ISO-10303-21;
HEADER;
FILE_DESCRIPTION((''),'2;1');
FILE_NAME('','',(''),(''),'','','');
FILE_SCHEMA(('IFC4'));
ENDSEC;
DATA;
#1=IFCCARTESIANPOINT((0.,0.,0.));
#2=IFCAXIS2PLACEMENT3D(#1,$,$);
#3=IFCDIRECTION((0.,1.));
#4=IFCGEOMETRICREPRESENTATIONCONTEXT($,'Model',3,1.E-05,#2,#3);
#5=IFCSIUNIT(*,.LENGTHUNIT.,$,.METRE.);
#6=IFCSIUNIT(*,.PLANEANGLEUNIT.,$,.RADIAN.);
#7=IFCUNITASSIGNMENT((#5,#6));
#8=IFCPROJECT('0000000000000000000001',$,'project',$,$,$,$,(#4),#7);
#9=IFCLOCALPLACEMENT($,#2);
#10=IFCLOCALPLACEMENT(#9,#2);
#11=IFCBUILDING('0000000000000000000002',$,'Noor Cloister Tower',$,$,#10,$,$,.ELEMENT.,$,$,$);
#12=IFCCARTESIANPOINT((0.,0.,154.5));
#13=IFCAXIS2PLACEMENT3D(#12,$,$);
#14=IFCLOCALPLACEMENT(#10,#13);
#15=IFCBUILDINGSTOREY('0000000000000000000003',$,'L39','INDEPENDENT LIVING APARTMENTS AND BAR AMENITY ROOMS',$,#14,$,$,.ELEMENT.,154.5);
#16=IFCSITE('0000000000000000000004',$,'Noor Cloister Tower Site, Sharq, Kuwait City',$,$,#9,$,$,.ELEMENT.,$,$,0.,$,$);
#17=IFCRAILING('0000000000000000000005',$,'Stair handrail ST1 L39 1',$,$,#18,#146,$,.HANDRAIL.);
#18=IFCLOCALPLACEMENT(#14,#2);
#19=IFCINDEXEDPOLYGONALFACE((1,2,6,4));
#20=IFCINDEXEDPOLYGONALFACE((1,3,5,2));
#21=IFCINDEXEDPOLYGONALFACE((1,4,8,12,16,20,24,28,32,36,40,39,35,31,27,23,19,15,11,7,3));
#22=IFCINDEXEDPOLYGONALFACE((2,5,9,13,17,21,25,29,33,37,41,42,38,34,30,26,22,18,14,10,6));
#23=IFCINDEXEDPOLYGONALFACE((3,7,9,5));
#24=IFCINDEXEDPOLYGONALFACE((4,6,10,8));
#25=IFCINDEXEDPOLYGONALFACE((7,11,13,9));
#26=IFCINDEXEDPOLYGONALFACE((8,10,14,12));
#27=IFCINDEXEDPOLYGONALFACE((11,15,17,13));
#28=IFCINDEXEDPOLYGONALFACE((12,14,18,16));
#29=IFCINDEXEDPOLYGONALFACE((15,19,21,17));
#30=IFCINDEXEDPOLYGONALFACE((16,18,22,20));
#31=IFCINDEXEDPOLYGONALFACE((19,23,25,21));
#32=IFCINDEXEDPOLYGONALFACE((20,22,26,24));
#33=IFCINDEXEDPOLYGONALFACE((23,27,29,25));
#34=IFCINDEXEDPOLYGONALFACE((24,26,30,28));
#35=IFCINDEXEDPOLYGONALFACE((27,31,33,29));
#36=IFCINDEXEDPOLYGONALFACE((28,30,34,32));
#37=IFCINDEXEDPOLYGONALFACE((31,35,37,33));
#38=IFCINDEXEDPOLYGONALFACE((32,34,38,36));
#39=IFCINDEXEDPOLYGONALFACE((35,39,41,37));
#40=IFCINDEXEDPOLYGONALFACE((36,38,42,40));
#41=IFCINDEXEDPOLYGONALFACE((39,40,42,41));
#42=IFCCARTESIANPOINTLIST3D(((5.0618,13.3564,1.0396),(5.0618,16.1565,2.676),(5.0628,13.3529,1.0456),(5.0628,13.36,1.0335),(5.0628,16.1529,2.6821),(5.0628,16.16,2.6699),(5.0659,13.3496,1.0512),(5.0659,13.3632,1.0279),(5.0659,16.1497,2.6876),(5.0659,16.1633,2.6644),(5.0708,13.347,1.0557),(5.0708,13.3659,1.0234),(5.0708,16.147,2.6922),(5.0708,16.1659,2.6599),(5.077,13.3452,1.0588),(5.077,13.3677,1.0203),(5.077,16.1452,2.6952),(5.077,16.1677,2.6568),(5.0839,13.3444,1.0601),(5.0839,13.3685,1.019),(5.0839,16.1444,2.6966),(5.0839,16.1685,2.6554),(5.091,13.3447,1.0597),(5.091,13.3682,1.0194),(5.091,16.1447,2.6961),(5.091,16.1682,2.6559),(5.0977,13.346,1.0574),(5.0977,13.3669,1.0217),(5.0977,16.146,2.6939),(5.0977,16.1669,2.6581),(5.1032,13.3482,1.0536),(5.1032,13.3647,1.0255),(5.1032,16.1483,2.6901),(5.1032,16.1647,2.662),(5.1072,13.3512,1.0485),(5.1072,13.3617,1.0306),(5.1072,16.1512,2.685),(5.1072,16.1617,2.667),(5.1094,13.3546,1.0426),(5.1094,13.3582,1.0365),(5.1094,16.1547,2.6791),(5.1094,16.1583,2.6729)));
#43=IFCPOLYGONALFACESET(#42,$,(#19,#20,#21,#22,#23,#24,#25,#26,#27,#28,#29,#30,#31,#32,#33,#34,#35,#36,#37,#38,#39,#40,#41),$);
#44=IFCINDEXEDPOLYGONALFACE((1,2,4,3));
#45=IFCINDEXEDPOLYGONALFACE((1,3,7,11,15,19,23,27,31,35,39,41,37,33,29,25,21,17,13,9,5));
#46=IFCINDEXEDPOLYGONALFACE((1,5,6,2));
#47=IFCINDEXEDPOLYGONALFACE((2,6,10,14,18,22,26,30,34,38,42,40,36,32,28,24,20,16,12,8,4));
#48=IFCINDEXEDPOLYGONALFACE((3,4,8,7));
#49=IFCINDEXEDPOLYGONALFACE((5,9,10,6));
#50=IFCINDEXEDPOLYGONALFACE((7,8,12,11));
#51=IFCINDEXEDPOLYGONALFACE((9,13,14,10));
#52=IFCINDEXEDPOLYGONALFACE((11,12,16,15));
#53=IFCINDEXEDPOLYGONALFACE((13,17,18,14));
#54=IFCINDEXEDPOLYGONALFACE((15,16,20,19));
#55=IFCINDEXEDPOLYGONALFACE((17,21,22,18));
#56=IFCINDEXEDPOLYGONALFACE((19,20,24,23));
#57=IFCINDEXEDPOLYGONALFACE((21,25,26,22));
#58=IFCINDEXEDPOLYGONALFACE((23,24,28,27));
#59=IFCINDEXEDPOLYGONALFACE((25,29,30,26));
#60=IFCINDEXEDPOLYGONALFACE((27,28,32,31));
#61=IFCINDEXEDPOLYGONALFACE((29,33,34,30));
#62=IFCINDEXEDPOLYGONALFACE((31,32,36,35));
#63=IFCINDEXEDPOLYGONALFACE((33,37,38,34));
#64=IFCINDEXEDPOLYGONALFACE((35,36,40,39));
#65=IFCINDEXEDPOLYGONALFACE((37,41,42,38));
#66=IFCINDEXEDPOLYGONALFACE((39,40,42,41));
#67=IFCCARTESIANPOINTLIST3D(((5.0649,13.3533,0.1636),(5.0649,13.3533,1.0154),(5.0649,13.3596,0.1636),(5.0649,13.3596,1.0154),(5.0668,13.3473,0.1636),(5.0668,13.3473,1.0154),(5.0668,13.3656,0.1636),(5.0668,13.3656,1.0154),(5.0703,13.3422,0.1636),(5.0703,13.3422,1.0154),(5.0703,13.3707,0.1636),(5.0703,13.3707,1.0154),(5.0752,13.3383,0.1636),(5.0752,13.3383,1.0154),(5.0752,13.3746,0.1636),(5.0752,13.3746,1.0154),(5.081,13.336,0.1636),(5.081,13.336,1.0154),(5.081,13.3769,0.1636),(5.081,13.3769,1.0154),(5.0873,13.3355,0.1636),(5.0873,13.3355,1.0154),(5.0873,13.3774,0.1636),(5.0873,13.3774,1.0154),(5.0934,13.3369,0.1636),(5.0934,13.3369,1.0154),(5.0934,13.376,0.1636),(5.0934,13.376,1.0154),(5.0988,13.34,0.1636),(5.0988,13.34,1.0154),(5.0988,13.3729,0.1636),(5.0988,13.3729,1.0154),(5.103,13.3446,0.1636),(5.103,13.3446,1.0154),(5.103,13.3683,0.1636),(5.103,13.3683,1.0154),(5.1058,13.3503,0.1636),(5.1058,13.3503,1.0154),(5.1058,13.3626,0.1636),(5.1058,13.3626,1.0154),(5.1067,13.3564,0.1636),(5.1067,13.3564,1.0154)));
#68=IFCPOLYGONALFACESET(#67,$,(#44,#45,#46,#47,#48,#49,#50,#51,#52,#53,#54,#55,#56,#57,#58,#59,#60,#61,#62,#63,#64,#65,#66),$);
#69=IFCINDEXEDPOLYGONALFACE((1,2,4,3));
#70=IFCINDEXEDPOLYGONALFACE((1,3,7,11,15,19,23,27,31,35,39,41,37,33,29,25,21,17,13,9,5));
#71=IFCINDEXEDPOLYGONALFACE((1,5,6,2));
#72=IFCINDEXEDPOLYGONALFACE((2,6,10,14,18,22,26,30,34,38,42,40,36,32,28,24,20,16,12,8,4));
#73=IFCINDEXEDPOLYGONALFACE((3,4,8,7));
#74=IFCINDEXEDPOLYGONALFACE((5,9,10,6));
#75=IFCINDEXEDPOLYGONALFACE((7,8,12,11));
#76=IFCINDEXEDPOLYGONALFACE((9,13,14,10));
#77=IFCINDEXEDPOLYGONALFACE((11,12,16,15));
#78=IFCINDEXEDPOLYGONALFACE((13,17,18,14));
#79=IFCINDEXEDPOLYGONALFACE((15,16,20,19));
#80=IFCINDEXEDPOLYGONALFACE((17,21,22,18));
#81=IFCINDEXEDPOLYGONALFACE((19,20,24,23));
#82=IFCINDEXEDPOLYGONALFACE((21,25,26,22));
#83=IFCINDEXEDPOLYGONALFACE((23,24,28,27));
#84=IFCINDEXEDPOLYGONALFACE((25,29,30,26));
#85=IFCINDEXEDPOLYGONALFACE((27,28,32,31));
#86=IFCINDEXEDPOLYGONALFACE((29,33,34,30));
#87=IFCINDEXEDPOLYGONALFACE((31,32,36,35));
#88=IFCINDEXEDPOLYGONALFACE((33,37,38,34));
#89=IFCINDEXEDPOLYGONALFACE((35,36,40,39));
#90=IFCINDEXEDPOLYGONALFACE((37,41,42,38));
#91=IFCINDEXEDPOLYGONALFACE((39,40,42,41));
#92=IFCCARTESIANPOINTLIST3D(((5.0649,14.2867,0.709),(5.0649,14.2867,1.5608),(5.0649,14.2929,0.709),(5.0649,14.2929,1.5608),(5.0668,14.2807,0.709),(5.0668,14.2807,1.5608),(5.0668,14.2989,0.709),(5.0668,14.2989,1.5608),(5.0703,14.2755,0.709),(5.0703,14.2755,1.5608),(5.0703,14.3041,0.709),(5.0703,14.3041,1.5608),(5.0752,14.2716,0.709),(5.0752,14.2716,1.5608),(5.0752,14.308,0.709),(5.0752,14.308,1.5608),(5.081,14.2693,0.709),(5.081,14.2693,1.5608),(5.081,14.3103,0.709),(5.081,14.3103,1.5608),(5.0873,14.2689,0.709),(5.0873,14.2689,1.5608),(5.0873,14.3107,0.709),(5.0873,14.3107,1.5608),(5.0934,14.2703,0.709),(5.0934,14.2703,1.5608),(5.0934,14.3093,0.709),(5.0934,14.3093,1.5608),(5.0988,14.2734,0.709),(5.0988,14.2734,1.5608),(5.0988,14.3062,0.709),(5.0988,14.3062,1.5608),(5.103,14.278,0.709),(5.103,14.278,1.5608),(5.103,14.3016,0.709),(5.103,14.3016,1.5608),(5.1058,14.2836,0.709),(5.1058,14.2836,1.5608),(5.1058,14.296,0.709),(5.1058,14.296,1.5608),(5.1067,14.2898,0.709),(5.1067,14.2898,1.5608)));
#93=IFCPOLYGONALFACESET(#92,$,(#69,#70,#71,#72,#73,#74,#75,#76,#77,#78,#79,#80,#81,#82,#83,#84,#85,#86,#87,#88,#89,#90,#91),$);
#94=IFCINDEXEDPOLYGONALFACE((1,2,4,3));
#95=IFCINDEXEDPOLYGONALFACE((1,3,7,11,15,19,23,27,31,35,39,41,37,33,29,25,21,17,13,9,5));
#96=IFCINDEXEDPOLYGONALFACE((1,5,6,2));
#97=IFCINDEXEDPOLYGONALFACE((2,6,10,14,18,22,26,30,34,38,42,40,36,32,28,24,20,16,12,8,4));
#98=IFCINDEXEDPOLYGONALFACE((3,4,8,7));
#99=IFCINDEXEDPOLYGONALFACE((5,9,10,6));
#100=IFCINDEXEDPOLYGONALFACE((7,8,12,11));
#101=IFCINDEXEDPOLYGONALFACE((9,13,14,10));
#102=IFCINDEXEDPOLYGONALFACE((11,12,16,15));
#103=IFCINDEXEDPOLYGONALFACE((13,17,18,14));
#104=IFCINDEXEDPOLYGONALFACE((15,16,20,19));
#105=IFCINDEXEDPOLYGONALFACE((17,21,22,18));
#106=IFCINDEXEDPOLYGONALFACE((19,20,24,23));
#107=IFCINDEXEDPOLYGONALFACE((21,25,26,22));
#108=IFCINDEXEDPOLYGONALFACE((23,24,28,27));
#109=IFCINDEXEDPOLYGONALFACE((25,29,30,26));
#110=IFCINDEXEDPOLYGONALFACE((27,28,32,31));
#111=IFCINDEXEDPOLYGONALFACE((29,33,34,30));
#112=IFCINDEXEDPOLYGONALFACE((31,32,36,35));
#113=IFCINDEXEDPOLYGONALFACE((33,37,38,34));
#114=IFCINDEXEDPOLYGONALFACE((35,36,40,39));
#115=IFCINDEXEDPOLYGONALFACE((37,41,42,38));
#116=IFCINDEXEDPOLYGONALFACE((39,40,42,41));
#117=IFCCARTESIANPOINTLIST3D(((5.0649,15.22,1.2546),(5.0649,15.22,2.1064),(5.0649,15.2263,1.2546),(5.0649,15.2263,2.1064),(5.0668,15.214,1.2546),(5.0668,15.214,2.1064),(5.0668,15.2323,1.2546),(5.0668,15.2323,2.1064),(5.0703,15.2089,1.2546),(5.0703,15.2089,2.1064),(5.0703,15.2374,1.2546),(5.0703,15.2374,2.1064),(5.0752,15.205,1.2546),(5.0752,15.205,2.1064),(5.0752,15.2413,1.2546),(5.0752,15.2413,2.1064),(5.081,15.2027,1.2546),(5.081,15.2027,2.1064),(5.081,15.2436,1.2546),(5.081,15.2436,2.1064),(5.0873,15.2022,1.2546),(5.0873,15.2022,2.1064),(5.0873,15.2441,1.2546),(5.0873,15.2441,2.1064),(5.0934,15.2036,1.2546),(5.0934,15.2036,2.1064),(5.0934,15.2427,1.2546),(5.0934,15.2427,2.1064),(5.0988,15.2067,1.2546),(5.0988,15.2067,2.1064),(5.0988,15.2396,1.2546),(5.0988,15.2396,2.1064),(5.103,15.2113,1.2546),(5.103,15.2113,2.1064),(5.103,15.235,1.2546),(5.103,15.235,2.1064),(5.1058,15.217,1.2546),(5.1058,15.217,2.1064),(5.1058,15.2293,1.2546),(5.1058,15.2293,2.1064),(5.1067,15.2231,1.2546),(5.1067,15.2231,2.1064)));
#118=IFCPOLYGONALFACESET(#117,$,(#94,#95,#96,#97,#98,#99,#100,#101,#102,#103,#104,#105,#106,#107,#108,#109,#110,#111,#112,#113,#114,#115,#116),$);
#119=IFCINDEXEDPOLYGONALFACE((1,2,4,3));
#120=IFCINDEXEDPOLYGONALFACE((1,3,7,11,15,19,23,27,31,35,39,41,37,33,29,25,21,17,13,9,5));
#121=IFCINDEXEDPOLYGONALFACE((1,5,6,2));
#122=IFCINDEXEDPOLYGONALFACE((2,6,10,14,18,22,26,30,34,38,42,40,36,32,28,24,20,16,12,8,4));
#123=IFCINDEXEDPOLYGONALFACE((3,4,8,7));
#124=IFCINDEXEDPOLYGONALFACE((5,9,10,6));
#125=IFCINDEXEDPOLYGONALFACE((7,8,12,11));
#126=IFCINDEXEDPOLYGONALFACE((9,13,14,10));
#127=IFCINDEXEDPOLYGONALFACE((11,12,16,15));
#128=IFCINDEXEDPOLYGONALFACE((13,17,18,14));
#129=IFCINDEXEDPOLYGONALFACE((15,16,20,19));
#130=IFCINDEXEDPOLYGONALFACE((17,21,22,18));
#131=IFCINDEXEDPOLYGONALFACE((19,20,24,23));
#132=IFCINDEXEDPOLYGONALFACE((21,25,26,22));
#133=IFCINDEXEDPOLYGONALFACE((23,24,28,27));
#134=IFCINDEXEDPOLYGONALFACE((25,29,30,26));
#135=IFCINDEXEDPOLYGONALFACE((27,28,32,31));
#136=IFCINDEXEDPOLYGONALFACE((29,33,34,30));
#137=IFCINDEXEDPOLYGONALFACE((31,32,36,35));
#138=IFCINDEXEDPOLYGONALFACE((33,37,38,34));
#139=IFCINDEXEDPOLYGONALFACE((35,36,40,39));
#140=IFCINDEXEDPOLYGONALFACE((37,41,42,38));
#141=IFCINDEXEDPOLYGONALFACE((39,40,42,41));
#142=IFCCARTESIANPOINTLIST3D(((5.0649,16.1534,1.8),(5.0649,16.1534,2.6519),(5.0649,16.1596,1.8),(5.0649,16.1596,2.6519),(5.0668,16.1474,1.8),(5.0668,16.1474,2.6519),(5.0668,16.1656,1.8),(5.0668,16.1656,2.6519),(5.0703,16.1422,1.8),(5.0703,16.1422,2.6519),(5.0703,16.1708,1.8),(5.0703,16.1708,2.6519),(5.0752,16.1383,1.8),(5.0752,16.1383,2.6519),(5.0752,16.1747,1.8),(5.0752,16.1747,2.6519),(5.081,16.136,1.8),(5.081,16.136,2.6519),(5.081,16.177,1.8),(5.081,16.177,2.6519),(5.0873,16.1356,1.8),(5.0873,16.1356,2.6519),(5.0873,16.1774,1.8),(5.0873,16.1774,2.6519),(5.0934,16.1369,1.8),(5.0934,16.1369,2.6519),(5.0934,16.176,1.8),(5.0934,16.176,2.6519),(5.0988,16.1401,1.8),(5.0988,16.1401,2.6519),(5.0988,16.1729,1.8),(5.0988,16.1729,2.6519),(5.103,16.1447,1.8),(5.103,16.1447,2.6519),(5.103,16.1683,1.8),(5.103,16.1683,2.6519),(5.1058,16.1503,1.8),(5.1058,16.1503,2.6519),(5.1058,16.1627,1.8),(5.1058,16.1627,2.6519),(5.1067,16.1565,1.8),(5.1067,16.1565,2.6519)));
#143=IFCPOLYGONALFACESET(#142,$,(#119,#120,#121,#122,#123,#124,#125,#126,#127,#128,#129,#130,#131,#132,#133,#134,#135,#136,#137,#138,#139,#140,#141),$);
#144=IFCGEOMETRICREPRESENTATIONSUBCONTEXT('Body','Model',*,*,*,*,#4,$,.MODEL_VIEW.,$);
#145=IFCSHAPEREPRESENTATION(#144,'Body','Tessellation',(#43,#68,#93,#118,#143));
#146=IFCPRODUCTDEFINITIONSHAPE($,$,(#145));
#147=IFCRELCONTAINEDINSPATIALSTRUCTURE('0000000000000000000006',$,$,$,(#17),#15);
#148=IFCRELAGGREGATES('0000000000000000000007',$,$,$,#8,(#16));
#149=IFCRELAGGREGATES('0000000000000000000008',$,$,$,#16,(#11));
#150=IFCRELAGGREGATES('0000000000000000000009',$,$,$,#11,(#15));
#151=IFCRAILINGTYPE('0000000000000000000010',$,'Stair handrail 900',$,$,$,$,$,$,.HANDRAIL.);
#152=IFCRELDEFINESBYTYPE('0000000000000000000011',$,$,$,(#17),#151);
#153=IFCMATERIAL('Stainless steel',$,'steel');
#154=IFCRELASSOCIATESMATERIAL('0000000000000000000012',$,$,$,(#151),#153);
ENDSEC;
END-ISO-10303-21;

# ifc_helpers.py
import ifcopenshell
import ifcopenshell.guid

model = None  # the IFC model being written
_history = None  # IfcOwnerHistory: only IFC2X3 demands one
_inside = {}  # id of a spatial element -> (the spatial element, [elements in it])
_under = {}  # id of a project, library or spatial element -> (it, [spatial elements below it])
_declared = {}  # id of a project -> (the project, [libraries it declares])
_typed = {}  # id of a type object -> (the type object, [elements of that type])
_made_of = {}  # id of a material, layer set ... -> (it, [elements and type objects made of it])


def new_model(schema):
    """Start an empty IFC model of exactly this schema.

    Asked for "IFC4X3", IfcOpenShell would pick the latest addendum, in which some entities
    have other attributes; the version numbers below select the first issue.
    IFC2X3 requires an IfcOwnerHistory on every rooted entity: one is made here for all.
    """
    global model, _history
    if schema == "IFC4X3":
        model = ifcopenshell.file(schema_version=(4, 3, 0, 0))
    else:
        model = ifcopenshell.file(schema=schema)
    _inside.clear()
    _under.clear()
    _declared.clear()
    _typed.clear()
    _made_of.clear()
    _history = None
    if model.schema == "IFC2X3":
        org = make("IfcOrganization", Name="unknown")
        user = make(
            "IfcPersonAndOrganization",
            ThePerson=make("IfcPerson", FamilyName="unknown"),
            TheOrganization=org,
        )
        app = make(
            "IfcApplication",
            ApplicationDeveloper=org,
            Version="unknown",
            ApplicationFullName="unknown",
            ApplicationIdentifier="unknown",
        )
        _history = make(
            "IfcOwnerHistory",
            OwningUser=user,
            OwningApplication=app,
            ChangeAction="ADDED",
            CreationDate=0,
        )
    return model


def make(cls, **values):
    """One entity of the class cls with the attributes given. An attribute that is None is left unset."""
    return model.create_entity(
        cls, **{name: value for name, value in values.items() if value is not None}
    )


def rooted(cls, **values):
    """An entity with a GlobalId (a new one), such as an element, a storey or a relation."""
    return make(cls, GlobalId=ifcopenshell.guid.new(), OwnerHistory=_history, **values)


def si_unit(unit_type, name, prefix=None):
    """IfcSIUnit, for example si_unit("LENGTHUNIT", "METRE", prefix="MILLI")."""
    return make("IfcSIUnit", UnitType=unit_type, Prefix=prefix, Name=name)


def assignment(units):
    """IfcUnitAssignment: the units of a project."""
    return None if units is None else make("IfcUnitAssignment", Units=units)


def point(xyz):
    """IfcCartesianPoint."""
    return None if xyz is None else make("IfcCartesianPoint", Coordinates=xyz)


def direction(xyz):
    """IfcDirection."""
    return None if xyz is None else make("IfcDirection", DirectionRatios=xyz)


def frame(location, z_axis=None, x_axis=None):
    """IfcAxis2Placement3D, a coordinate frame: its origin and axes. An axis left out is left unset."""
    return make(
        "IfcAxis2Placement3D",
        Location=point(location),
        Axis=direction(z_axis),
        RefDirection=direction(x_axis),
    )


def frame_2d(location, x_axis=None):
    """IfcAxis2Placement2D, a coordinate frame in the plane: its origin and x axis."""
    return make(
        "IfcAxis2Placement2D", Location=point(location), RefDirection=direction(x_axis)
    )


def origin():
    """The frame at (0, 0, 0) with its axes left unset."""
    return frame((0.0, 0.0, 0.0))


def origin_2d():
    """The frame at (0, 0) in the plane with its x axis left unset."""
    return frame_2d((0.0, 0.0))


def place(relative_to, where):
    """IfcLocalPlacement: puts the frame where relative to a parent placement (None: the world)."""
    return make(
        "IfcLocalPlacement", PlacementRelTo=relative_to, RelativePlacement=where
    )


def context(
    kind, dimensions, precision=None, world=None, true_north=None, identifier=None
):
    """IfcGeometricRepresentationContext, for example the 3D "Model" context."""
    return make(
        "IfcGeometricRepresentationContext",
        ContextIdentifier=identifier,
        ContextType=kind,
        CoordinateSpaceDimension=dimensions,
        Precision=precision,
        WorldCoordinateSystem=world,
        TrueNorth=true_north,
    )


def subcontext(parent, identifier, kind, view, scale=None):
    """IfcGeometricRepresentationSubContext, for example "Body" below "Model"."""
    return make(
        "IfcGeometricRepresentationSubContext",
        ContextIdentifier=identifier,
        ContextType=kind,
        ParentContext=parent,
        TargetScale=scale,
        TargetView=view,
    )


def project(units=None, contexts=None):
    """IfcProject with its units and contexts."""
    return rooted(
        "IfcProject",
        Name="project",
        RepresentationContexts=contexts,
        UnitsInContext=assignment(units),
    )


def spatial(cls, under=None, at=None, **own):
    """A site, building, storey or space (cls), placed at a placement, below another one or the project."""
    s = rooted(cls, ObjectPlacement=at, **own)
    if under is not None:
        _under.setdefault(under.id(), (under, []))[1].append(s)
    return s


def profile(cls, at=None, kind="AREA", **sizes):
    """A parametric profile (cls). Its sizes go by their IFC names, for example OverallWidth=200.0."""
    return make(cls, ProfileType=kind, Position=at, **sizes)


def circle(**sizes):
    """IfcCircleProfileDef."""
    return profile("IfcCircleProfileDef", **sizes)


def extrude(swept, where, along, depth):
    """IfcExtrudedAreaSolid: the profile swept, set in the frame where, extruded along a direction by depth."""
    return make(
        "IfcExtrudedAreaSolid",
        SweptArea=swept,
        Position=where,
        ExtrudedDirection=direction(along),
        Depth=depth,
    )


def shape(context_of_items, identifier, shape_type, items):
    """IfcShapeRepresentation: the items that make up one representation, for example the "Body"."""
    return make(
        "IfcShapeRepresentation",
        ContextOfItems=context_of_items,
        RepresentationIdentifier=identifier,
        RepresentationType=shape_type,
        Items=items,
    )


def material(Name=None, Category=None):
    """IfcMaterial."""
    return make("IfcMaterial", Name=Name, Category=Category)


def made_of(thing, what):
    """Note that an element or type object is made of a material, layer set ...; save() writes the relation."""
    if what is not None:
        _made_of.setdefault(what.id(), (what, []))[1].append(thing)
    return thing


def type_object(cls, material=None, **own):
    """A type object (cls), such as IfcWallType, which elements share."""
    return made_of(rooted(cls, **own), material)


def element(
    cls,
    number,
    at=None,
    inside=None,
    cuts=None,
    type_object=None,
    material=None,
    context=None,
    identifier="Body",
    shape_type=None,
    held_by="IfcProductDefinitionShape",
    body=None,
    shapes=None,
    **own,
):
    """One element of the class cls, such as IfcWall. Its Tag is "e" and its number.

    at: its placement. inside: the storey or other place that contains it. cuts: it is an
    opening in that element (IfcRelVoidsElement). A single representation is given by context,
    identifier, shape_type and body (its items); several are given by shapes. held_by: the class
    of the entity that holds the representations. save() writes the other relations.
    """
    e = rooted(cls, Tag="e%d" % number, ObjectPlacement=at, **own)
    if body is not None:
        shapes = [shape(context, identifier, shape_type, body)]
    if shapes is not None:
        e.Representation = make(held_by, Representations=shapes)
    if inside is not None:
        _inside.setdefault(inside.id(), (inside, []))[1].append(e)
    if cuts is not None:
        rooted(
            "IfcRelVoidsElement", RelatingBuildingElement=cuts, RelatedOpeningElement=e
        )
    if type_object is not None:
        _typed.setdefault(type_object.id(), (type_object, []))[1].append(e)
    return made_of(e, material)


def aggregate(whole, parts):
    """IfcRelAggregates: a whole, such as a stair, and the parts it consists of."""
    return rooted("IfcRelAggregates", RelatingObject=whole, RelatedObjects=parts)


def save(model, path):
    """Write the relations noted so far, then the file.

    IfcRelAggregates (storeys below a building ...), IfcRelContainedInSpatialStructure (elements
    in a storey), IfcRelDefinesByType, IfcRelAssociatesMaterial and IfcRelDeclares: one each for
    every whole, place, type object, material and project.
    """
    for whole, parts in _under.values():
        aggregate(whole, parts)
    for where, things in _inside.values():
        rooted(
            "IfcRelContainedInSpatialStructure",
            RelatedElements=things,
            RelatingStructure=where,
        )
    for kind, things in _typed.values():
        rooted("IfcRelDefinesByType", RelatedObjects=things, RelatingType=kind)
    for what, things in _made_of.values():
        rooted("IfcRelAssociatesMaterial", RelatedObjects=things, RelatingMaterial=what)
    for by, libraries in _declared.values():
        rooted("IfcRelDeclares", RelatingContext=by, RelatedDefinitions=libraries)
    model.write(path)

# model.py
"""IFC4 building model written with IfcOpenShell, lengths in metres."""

from ifc_helpers import new_model, si_unit, direction, frame, origin, origin_2d, place, context, subcontext, project, spatial, circle, extrude, material, type_object, element, save


model = new_model("IFC4")

# Units and contexts
model_context = context("Model", 3, precision=1e-05, world=origin(), true_north=direction((0.0, 1.0)))
body_context = subcontext(model_context, "Body", "Model", "MODEL_VIEW")
ifc_project = project(units=[si_unit("LENGTHUNIT", "METRE"), si_unit("PLANEANGLEUNIT", "RADIAN")], contexts=[model_context])

# Site, building, storey
site_placement = place(None, origin())
site = spatial("IfcSite", under=ifc_project, at=site_placement, Name="Noor Cloister Tower Site, Sharq, Kuwait City", CompositionType="ELEMENT", RefElevation=0.0)
building_placement = place(site_placement, origin())
building = spatial("IfcBuilding", under=site, at=building_placement, Name="Noor Cloister Tower", CompositionType="ELEMENT")
storey_placement = place(building_placement, frame((0.0, 0.0, 154.5)))
storey = spatial("IfcBuildingStorey", under=building, at=storey_placement, Name="L39", Description="INDEPENDENT LIVING APARTMENTS AND BAR AMENITY ROOMS", CompositionType="ELEMENT", Elevation=154.5)

# Railing
ifc_material_1 = material(Name="Stainless steel", Category="steel")
railing_type_1 = type_object("IfcRailingType", Name="Stair handrail 900", PredefinedType="HANDRAIL", material=ifc_material_1)
railing_1_placement = place(storey_placement, frame((5.0857, 13.3564, 0.1636)))
element("IfcRailing", 1, at=railing_1_placement, inside=storey, type_object=railing_type_1, Name="Stair handrail ST1 L39 1", PredefinedType="HANDRAIL", context=body_context, shape_type="SweptSolid", body=[
    extrude(circle(Radius=0.0239, at=origin_2d()), frame((0.0, 0.0, 0.876), z_axis=(0.0, 0.863361, 0.504587), x_axis=(-1.0, 0.0, 0.0)), (0.0, 0.0, 1.0), 3.2432),
    extrude(circle(Radius=0.021, at=origin_2d()), origin(), (0.0, 0.0, 1.0), 0.8518),
    extrude(circle(Radius=0.021, at=origin_2d()), frame((0.0, 0.9333, 0.5454)), (0.0, 0.0, 1.0), 0.8518),
    extrude(circle(Radius=0.021, at=origin_2d()), frame((0.0, 1.8667, 1.0911)), (0.0, 0.0, 1.0), 0.8518),
    extrude(circle(Radius=0.021, at=origin_2d()), frame((0.0, 2.8, 1.6365)), (0.0, 0.0, 1.0), 0.8518),
])

save(model, "model.ifc")
